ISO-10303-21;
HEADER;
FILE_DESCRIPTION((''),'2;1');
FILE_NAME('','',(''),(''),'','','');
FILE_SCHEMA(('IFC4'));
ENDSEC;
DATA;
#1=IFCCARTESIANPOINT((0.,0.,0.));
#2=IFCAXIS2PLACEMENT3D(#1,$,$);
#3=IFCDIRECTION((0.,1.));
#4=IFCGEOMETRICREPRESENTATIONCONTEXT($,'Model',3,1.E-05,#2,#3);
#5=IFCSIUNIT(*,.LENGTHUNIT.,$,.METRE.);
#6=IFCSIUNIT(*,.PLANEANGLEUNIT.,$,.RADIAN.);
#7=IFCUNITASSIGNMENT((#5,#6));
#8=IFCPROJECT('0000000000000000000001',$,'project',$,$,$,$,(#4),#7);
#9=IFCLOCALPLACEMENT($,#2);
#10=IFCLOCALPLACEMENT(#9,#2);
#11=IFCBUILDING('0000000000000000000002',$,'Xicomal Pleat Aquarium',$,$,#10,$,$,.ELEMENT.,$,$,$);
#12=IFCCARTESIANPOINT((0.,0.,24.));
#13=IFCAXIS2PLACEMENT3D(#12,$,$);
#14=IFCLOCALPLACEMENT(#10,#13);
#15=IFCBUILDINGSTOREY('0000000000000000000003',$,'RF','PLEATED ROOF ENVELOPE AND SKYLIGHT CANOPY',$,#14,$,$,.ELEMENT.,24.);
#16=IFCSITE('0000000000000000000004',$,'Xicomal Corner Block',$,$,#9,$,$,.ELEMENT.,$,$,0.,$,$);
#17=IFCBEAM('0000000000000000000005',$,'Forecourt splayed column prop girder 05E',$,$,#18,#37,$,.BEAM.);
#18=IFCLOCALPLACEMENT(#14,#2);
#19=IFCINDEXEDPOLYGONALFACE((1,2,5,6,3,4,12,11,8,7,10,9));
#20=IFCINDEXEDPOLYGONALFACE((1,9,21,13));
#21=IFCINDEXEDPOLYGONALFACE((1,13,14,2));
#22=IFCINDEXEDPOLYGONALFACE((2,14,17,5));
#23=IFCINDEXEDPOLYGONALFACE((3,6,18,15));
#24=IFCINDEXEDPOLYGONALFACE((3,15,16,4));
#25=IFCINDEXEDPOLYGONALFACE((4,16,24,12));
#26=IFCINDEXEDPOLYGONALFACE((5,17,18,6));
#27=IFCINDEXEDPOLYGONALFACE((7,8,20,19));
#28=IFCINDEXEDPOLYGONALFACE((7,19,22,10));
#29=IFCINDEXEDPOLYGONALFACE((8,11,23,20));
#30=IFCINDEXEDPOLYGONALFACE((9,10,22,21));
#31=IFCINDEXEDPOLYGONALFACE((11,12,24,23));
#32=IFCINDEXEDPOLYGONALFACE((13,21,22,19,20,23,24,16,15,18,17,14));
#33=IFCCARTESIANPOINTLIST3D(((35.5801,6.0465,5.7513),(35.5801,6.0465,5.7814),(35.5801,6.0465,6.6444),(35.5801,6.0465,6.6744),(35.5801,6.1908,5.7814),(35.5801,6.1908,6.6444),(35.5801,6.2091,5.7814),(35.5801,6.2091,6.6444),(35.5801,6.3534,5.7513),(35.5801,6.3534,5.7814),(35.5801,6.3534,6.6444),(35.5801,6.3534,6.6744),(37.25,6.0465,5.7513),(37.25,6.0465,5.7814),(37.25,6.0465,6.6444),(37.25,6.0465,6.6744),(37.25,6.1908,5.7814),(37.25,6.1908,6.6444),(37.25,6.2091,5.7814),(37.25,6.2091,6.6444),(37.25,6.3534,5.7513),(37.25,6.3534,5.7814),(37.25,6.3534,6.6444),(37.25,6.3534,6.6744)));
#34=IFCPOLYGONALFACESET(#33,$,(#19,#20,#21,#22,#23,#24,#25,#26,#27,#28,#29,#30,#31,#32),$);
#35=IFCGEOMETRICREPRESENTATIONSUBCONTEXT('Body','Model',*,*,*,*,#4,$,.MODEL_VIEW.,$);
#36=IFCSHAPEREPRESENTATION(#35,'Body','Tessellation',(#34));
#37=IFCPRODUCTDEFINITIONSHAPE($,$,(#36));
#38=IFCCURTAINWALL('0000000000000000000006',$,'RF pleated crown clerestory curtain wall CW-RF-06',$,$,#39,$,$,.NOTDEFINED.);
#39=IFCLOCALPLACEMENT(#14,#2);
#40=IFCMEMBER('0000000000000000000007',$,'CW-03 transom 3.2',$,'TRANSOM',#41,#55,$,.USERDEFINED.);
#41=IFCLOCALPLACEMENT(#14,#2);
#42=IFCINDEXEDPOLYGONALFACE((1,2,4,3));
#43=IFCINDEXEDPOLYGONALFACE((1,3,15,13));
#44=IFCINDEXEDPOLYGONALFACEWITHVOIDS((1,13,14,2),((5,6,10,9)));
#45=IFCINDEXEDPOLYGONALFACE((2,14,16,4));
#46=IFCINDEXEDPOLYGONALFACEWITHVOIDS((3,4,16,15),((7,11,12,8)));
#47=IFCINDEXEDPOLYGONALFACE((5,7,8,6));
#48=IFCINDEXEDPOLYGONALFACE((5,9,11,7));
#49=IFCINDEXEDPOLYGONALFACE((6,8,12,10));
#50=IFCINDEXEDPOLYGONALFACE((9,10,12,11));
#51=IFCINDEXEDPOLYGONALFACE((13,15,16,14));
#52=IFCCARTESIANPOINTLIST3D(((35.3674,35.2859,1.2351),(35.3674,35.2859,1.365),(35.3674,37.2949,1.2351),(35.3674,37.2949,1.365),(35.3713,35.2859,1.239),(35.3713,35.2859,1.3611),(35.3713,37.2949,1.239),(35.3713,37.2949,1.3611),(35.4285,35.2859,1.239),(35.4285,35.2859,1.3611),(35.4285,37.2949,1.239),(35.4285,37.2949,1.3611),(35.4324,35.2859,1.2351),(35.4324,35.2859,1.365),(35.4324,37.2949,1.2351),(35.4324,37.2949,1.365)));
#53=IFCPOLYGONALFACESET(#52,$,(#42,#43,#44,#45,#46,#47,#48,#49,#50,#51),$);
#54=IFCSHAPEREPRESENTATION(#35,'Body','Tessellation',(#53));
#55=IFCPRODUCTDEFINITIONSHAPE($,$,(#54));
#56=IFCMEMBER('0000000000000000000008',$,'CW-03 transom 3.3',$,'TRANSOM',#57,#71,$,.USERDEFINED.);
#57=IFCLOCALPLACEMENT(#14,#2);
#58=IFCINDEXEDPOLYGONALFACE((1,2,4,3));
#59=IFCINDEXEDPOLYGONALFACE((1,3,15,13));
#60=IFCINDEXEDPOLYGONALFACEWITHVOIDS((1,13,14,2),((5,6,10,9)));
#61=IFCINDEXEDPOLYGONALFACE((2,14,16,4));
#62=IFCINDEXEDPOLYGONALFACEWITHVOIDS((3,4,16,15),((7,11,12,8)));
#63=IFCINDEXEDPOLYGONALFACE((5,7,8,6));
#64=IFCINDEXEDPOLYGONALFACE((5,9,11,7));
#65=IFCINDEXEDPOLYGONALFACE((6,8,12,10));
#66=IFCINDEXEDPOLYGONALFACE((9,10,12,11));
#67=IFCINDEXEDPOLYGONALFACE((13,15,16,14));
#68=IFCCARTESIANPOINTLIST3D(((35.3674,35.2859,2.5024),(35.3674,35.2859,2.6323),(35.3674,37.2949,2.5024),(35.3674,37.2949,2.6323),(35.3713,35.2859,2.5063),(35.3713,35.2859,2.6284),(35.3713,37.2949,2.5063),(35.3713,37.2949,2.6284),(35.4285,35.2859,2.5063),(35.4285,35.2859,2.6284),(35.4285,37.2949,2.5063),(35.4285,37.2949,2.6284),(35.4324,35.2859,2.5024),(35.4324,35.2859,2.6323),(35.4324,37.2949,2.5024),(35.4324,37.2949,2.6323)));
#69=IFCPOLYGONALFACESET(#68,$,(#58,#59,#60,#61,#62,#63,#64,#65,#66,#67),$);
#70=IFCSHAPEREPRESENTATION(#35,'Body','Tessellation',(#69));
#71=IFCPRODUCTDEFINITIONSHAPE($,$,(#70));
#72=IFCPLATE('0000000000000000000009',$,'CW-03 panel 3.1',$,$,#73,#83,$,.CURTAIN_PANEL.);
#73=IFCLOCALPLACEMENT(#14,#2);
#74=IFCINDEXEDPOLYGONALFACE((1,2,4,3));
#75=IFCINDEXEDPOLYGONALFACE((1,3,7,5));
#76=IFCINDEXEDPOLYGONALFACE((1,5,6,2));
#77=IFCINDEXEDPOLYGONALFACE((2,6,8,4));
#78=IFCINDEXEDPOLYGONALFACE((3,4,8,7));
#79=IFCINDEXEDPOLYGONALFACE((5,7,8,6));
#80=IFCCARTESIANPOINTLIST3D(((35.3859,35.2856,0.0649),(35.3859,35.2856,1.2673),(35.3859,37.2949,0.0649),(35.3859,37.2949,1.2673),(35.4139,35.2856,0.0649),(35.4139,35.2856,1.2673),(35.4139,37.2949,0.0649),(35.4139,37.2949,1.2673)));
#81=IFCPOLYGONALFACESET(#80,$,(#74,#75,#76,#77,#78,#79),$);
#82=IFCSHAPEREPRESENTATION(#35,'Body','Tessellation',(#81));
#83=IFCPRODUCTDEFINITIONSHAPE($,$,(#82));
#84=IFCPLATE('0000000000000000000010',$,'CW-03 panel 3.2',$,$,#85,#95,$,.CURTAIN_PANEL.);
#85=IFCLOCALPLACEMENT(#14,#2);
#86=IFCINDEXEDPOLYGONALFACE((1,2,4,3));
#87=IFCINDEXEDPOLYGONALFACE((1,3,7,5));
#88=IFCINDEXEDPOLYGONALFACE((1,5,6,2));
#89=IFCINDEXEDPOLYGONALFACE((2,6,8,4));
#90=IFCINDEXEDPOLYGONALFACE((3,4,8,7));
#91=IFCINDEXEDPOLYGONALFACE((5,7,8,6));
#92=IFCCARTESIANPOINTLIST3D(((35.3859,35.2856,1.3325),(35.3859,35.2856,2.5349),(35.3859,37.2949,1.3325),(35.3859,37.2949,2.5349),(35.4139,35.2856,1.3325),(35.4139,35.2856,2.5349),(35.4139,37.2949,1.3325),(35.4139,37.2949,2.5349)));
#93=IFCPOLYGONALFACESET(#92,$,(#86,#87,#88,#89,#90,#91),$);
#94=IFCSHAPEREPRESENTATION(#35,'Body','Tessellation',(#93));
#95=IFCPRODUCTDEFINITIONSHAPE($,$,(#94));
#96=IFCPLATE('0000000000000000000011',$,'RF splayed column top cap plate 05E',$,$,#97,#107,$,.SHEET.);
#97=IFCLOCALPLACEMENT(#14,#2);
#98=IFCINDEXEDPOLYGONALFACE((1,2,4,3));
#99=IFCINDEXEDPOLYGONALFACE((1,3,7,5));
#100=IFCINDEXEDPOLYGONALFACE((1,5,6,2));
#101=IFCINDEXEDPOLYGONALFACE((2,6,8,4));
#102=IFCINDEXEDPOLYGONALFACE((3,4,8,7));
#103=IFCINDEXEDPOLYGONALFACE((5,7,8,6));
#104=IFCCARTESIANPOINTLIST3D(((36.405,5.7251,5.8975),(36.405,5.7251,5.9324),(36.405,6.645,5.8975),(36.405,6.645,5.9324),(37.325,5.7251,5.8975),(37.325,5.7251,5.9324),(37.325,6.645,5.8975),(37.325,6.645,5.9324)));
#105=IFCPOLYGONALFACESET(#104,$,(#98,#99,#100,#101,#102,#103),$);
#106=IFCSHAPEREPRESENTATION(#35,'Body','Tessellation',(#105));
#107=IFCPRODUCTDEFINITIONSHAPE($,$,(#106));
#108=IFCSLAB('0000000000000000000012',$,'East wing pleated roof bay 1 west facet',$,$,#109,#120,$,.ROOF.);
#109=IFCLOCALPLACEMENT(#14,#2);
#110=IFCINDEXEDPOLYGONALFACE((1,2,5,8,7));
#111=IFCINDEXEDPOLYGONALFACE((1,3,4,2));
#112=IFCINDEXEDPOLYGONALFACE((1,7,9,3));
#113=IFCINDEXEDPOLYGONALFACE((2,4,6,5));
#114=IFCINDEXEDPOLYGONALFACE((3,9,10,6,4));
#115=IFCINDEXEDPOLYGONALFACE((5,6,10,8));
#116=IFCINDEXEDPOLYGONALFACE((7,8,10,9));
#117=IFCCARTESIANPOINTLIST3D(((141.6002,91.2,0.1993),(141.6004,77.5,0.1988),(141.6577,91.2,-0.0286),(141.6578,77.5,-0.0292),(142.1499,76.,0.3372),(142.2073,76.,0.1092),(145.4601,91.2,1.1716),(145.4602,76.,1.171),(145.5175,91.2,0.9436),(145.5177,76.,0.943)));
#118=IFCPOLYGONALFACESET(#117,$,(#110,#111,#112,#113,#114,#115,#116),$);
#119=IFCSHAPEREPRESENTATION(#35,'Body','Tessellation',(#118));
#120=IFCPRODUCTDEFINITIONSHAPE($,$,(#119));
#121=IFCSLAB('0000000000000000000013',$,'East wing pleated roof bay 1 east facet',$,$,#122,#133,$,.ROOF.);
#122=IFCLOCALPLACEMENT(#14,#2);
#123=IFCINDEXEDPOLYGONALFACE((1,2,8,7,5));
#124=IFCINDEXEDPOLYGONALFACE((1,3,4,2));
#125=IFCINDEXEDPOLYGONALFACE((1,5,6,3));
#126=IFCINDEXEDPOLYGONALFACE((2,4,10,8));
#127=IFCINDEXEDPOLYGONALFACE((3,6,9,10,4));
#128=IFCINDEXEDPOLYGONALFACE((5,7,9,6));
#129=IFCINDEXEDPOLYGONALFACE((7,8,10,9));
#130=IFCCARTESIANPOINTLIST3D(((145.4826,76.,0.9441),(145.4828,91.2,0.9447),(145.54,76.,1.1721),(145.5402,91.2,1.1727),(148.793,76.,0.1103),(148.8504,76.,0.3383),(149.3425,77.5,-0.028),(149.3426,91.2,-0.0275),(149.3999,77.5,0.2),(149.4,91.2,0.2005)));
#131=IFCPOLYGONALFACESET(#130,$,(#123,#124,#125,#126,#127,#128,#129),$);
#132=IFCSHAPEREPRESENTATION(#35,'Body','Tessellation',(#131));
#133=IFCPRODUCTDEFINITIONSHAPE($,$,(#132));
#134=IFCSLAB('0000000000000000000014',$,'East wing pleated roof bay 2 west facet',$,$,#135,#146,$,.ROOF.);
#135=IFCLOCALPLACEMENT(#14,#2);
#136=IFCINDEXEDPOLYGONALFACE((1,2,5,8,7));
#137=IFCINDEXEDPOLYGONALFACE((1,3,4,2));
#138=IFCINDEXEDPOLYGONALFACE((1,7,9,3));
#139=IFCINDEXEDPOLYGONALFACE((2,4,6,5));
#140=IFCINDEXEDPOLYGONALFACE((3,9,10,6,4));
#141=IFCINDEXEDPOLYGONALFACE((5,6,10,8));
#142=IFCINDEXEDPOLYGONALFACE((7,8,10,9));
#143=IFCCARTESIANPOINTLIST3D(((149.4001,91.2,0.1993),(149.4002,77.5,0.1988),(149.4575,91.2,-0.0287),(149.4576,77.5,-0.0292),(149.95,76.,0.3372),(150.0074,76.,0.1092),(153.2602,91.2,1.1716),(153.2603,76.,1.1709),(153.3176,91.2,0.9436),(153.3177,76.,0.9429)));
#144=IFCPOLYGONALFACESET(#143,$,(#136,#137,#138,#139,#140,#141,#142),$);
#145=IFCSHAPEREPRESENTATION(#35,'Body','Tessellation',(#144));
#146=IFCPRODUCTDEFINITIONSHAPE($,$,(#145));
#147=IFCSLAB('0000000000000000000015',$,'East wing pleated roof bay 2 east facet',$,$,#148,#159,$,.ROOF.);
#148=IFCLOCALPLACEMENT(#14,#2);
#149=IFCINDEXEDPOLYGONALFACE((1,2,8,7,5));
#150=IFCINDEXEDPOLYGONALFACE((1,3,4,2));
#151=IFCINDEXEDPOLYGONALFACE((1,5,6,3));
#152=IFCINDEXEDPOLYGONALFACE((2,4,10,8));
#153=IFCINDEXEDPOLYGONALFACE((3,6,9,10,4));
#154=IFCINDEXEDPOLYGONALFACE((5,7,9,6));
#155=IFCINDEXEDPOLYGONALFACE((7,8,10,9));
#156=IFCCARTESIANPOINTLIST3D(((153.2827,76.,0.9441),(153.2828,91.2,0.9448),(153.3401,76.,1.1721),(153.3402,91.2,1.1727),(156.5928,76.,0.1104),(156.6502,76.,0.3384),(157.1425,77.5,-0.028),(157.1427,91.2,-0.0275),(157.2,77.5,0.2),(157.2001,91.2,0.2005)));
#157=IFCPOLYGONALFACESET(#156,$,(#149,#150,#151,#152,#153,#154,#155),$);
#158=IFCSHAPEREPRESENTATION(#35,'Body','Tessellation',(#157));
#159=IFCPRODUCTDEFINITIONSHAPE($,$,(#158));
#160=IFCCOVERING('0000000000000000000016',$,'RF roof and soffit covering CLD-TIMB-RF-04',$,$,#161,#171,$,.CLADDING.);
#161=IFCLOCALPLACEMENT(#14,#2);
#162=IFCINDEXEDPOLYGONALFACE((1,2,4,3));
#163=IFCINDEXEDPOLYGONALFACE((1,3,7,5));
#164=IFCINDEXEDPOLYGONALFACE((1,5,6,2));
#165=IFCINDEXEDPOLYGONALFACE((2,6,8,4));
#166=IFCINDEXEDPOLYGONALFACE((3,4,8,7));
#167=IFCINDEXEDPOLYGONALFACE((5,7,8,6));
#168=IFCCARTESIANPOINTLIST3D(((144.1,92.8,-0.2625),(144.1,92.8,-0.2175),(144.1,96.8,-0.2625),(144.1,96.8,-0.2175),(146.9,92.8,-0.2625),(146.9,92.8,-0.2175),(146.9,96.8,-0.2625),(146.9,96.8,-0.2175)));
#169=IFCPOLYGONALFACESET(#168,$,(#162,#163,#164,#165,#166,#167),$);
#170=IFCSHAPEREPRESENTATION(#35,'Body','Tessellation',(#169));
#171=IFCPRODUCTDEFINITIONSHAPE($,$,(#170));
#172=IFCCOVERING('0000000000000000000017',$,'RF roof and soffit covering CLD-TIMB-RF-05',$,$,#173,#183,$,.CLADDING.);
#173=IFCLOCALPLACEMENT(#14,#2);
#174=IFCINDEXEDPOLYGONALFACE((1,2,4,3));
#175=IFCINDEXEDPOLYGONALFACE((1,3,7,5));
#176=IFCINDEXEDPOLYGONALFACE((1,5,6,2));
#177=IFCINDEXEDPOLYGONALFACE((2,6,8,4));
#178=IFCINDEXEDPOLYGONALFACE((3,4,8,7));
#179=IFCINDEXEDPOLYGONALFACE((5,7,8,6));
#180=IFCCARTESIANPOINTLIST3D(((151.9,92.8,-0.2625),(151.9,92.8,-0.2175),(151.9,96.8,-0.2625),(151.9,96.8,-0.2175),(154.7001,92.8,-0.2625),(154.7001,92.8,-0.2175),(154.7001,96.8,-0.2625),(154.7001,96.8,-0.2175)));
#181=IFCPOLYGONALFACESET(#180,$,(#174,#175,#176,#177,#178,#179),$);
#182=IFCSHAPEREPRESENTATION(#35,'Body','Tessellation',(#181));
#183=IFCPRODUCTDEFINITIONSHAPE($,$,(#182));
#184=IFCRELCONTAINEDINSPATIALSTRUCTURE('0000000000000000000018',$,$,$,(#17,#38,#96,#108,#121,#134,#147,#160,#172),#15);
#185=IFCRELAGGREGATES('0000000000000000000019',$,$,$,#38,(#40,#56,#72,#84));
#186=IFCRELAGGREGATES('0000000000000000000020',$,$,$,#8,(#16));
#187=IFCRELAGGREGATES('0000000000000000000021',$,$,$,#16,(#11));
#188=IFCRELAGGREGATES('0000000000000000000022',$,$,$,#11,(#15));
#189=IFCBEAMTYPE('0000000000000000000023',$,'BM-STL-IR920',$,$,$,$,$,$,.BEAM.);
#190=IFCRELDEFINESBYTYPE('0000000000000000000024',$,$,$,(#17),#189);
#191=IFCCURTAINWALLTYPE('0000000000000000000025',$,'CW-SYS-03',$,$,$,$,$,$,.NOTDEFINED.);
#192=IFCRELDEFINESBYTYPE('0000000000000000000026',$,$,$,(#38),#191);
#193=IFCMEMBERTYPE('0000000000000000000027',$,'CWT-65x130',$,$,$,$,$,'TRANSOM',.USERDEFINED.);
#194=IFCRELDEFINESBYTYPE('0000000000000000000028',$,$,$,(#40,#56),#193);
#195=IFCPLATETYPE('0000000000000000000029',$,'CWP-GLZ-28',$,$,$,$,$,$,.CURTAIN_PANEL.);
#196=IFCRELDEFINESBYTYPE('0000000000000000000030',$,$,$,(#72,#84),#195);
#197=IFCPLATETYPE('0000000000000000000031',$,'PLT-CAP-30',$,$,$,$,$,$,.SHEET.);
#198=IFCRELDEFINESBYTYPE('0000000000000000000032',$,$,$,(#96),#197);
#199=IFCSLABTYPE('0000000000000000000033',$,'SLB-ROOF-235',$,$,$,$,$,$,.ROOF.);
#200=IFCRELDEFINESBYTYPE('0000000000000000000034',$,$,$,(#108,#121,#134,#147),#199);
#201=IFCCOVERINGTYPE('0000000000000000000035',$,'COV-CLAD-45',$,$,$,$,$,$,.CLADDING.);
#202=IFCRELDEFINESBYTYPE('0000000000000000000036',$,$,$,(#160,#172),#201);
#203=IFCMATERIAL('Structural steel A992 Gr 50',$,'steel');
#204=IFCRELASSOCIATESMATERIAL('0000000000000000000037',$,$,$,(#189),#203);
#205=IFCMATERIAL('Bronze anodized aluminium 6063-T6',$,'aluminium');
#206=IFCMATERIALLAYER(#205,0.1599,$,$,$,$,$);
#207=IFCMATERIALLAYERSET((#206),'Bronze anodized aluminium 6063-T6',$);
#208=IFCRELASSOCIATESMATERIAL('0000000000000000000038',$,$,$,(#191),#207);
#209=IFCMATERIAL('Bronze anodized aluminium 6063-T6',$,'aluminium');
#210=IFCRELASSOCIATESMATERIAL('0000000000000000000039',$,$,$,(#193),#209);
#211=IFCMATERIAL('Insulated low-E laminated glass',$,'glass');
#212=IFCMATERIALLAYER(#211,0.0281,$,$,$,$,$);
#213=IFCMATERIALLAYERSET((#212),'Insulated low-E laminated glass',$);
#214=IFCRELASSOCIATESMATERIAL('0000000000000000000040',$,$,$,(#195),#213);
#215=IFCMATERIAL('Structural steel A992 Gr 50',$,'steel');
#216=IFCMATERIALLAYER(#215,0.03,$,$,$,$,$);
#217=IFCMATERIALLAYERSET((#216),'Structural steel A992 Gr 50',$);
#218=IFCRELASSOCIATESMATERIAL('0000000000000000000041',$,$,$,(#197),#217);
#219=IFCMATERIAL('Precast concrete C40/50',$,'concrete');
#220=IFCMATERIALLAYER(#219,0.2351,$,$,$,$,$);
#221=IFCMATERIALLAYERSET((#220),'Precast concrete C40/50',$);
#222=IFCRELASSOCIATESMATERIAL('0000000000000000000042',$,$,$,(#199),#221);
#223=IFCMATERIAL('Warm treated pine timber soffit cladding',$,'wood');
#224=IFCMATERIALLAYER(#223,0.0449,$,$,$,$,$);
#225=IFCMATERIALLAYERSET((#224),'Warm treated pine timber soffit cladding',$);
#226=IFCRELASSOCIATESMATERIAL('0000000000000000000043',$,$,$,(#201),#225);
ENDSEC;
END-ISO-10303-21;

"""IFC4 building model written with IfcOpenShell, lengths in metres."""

from ifc_helpers import new_model, si_unit, direction, frame, origin, origin_2d, place, context, subcontext, project, spatial, polyline, rectangle, hollow_rectangle, i_section, outline, extrude, material, layer, layer_set, material_profile, profile_set, type_object, element, aggregate, save


model = new_model("IFC4")

# Units and contexts
model_context = context("Model", 3, precision=1e-05, world=origin(), true_north=direction((0.0, 1.0)))
body_context = subcontext(model_context, "Body", "Model", "MODEL_VIEW")
ifc_project = project(units=[si_unit("LENGTHUNIT", "METRE"), si_unit("PLANEANGLEUNIT", "RADIAN")], contexts=[model_context])

# Site, building, storey
site_placement = place(None, origin())
site = spatial("IfcSite", under=ifc_project, at=site_placement, Name="Xicomal Corner Block", CompositionType="ELEMENT", RefElevation=0.0)
building_placement = place(site_placement, origin())
building = spatial("IfcBuilding", under=site, at=building_placement, Name="Xicomal Pleat Aquarium", CompositionType="ELEMENT")
storey_placement = place(building_placement, frame((0.0, 0.0, 24.0)))
storey = spatial("IfcBuildingStorey", under=building, at=storey_placement, Name="RF", Description="PLEATED ROOF ENVELOPE AND SKYLIGHT CANOPY", CompositionType="ELEMENT", Elevation=24.0)

# Beam
ifc_material_1 = material(Name="Structural steel A992 Gr 50", Category="steel")
ifc_material_profile_1 = material_profile(ifc_material_1, i_section(OverallWidth=0.3069, OverallDepth=0.9231, WebThickness=0.0183, FlangeThickness=0.03, at=origin_2d()), Name="IR 920x271")
ifc_profile_set_1 = profile_set([ifc_material_profile_1], Name="Structural steel A992 Gr 50")
beam_type_1 = type_object("IfcBeamType", Name="BM-STL-IR920", PredefinedType="BEAM", material=ifc_profile_set_1)
beam_placement = place(storey_placement, frame((35.5801, 6.2, 6.2129), z_axis=(1.0, 0.0, 0.0), x_axis=(0.0, 1.0, 0.0)))
element("IfcBeam", 1, at=beam_placement, inside=storey, type_object=beam_type_1, Name="Forecourt splayed column prop girder 05E", PredefinedType="BEAM", context=body_context, shape_type="SweptSolid", body=[
    extrude(i_section(OverallWidth=0.3069, OverallDepth=0.9231, WebThickness=0.0183, FlangeThickness=0.03, at=origin_2d()), origin(), (0.0, 0.0, 1.0), 1.6699),
])

# Curtain wall, members, plates
ifc_material_2 = material(Name="Bronze anodized aluminium 6063-T6", Category="aluminium")
ifc_layer_1 = layer(ifc_material_2, 0.1599)
ifc_layer_set_1 = layer_set([ifc_layer_1], Name="Bronze anodized aluminium 6063-T6")
curtain_wall_type = type_object("IfcCurtainWallType", Name="CW-SYS-03", PredefinedType="NOTDEFINED", material=ifc_layer_set_1)
curtain_wall_placement = place(storey_placement, origin())
curtain_wall = element("IfcCurtainWall", 2, at=curtain_wall_placement, inside=storey, type_object=curtain_wall_type, Name="RF pleated crown clerestory curtain wall CW-RF-06", PredefinedType="NOTDEFINED")
ifc_material_3 = material(Name="Bronze anodized aluminium 6063-T6", Category="aluminium")
ifc_material_profile_2 = material_profile(ifc_material_3, hollow_rectangle(XDim=0.0649, YDim=0.1299, WallThickness=0.0039, at=origin_2d()), Name="ALU TRAN 65x130")
ifc_profile_set_2 = profile_set([ifc_material_profile_2], Name="Bronze anodized aluminium 6063-T6")
member_type = type_object("IfcMemberType", Name="CWT-65x130", ElementType="TRANSOM", PredefinedType="USERDEFINED", material=ifc_profile_set_2)
member_1_placement = place(storey_placement, frame((35.3999, 35.2859, 1.3), z_axis=(0.0, 1.0, 0.0), x_axis=(-1.0, 0.0, 0.0)))
member_1 = element("IfcMember", 3, at=member_1_placement, type_object=member_type, Name="CW-03 transom 3.2", ObjectType="TRANSOM", PredefinedType="USERDEFINED", context=body_context, shape_type="SweptSolid", body=[
    extrude(hollow_rectangle(XDim=0.0649, YDim=0.1299, WallThickness=0.0039, at=origin_2d()), origin(), (0.0, 0.0, 1.0), 2.009),
])
member_2_placement = place(storey_placement, frame((35.3999, 35.2859, 2.5674), z_axis=(0.0, 1.0, 0.0), x_axis=(-1.0, 0.0, 0.0)))
member_2 = element("IfcMember", 4, at=member_2_placement, type_object=member_type, Name="CW-03 transom 3.3", ObjectType="TRANSOM", PredefinedType="USERDEFINED", context=body_context, shape_type="SweptSolid", body=[
    extrude(hollow_rectangle(XDim=0.0649, YDim=0.1299, WallThickness=0.0039, at=origin_2d()), origin(), (0.0, 0.0, 1.0), 2.009),
])
ifc_material_4 = material(Name="Insulated low-E laminated glass", Category="glass")
ifc_layer_2 = layer(ifc_material_4, 0.0281)
ifc_layer_set_2 = layer_set([ifc_layer_2], Name="Insulated low-E laminated glass")
plate_type_1 = type_object("IfcPlateType", Name="CWP-GLZ-28", PredefinedType="CURTAIN_PANEL", material=ifc_layer_set_2)
plate_1_placement = place(storey_placement, frame((35.3999, 36.2903, 0.0649), z_axis=(0.0, 0.0, 1.0), x_axis=(0.0, 1.0, 0.0)))
plate_1 = element("IfcPlate", 5, at=plate_1_placement, type_object=plate_type_1, Name="CW-03 panel 3.1", PredefinedType="CURTAIN_PANEL", context=body_context, shape_type="SweptSolid", body=[
    extrude(rectangle(XDim=2.0093, YDim=0.0281, at=origin_2d()), origin(), (0.0, 0.0, 1.0), 1.2024),
])
plate_2_placement = place(storey_placement, frame((35.3999, 36.2903, 1.3325), z_axis=(0.0, 0.0, 1.0), x_axis=(0.0, 1.0, 0.0)))
plate_2 = element("IfcPlate", 6, at=plate_2_placement, type_object=plate_type_1, Name="CW-03 panel 3.2", PredefinedType="CURTAIN_PANEL", context=body_context, shape_type="SweptSolid", body=[
    extrude(rectangle(XDim=2.0093, YDim=0.0281, at=origin_2d()), origin(), (0.0, 0.0, 1.0), 1.2024),
])
aggregate(curtain_wall, [member_1, member_2, plate_1, plate_2])

# Plate
ifc_material_5 = material(Name="Structural steel A992 Gr 50", Category="steel")
ifc_layer_3 = layer(ifc_material_5, 0.03)
ifc_layer_set_3 = layer_set([ifc_layer_3], Name="Structural steel A992 Gr 50")
plate_type_2 = type_object("IfcPlateType", Name="PLT-CAP-30", PredefinedType="SHEET", material=ifc_layer_set_3)
plate_3_placement = place(storey_placement, frame((36.865, 6.1851, 5.8975), z_axis=(0.0, 0.0, 1.0), x_axis=(1.0, 0.0, 0.0)))
element("IfcPlate", 7, at=plate_3_placement, inside=storey, type_object=plate_type_2, Name="RF splayed column top cap plate 05E", PredefinedType="SHEET", context=body_context, shape_type="SweptSolid", body=[
    extrude(rectangle(XDim=0.9199, YDim=0.9199, at=origin_2d()), origin(), (0.0, 0.0, 1.0), 0.0349),
])

# Slabs
ifc_material_6 = material(Name="Precast concrete C40/50", Category="concrete")
ifc_layer_4 = layer(ifc_material_6, 0.2351)
ifc_layer_set_4 = layer_set([ifc_layer_4], Name="Precast concrete C40/50")
slab_type = type_object("IfcSlabType", Name="SLB-ROOF-235", PredefinedType="ROOF", material=ifc_layer_set_4)
slab_1_placement = place(storey_placement, frame((142.1499, 76.0, 0.3372), z_axis=(-0.244253, -0.000041, 0.969712), x_axis=(0.969712, 0.0, 0.244253)))
element("IfcSlab", 8, at=slab_1_placement, inside=storey, type_object=slab_type, Name="East wing pleated roof bay 1 west facet", PredefinedType="ROOF", context=body_context, shape_type="SweptSolid", body=[
    extrude(outline(polyline([(0.0, 0.0), (3.4137, 0.0), (3.4137, 15.2), (-0.5667, 15.2), (-0.5667, 1.5), (0.0, 0.0)])), origin(), (0.0, 0.0, -1.0), 0.2351),
])
slab_2_placement = place(storey_placement, frame((145.54, 76.0, 1.1721), z_axis=(0.244253, -0.000041, 0.969712), x_axis=(0.969712, 0.0, -0.244253)))
element("IfcSlab", 9, at=slab_2_placement, inside=storey, type_object=slab_type, Name="East wing pleated roof bay 1 east facet", PredefinedType="ROOF", context=body_context, shape_type="SweptSolid", body=[
    extrude(outline(polyline([(0.0, 0.0), (3.4137, 0.0), (3.9804, 1.5), (3.9804, 15.2), (0.0, 15.2), (0.0, 0.0)])), origin(), (0.0, 0.0, -1.0), 0.2351),
])
slab_3_placement = place(storey_placement, frame((149.95, 76.0, 0.3372), z_axis=(-0.244239, -0.000042, 0.969715), x_axis=(0.969715, 0.0, 0.244239)))
element("IfcSlab", 10, at=slab_3_placement, inside=storey, type_object=slab_type, Name="East wing pleated roof bay 2 west facet", PredefinedType="ROOF", context=body_context, shape_type="SweptSolid", body=[
    extrude(outline(polyline([(0.0, 0.0), (3.4137, 0.0), (3.4137, 15.2), (-0.5669, 15.2), (-0.5669, 1.5), (0.0, 0.0)])), origin(), (0.0, 0.0, -1.0), 0.2351),
])
slab_4_placement = place(storey_placement, frame((153.3401, 76.0, 1.1721), z_axis=(0.244254, -0.000043, 0.969711), x_axis=(0.969711, 0.0, -0.244254)))
element("IfcSlab", 11, at=slab_4_placement, inside=storey, type_object=slab_type, Name="East wing pleated roof bay 2 east facet", PredefinedType="ROOF", context=body_context, shape_type="SweptSolid", body=[
    extrude(outline(polyline([(0.0, 0.0), (3.4135, 0.0), (3.9804, 1.5), (3.9804, 15.2), (0.0, 15.2), (0.0, 0.0)])), origin(), (0.0, 0.0, -1.0), 0.2351),
])

# Coverings
ifc_material_7 = material(Name="Warm treated pine timber soffit cladding", Category="wood")
ifc_layer_5 = layer(ifc_material_7, 0.0449)
ifc_layer_set_5 = layer_set([ifc_layer_5], Name="Warm treated pine timber soffit cladding")
covering_type_1 = type_object("IfcCoveringType", Name="COV-CLAD-45", PredefinedType="CLADDING", material=ifc_layer_set_5)
for number, where, z_axis, x_axis, name in (
    (12, (145.5, 94.8, -0.2625), (0.0, 0.0, 1.0), (1.0, 0.0, 0.0), "RF roof and soffit covering CLD-TIMB-RF-04"),
    (13, (153.3, 94.8, -0.2625), (0.0, 0.0, 1.0), (1.0, 0.0, 0.0), "RF roof and soffit covering CLD-TIMB-RF-05"),
):
    element("IfcCovering", number, at=place(storey_placement, frame(where, z_axis=z_axis, x_axis=x_axis)), inside=storey, type_object=covering_type_1, Name=name, PredefinedType="CLADDING", context=body_context, shape_type="SweptSolid", body=[
        extrude(rectangle(XDim=2.8, YDim=4.0, at=origin_2d()), origin(), (0.0, 0.0, 1.0), 0.0449),
    ])

save(model, "model.ifc")
